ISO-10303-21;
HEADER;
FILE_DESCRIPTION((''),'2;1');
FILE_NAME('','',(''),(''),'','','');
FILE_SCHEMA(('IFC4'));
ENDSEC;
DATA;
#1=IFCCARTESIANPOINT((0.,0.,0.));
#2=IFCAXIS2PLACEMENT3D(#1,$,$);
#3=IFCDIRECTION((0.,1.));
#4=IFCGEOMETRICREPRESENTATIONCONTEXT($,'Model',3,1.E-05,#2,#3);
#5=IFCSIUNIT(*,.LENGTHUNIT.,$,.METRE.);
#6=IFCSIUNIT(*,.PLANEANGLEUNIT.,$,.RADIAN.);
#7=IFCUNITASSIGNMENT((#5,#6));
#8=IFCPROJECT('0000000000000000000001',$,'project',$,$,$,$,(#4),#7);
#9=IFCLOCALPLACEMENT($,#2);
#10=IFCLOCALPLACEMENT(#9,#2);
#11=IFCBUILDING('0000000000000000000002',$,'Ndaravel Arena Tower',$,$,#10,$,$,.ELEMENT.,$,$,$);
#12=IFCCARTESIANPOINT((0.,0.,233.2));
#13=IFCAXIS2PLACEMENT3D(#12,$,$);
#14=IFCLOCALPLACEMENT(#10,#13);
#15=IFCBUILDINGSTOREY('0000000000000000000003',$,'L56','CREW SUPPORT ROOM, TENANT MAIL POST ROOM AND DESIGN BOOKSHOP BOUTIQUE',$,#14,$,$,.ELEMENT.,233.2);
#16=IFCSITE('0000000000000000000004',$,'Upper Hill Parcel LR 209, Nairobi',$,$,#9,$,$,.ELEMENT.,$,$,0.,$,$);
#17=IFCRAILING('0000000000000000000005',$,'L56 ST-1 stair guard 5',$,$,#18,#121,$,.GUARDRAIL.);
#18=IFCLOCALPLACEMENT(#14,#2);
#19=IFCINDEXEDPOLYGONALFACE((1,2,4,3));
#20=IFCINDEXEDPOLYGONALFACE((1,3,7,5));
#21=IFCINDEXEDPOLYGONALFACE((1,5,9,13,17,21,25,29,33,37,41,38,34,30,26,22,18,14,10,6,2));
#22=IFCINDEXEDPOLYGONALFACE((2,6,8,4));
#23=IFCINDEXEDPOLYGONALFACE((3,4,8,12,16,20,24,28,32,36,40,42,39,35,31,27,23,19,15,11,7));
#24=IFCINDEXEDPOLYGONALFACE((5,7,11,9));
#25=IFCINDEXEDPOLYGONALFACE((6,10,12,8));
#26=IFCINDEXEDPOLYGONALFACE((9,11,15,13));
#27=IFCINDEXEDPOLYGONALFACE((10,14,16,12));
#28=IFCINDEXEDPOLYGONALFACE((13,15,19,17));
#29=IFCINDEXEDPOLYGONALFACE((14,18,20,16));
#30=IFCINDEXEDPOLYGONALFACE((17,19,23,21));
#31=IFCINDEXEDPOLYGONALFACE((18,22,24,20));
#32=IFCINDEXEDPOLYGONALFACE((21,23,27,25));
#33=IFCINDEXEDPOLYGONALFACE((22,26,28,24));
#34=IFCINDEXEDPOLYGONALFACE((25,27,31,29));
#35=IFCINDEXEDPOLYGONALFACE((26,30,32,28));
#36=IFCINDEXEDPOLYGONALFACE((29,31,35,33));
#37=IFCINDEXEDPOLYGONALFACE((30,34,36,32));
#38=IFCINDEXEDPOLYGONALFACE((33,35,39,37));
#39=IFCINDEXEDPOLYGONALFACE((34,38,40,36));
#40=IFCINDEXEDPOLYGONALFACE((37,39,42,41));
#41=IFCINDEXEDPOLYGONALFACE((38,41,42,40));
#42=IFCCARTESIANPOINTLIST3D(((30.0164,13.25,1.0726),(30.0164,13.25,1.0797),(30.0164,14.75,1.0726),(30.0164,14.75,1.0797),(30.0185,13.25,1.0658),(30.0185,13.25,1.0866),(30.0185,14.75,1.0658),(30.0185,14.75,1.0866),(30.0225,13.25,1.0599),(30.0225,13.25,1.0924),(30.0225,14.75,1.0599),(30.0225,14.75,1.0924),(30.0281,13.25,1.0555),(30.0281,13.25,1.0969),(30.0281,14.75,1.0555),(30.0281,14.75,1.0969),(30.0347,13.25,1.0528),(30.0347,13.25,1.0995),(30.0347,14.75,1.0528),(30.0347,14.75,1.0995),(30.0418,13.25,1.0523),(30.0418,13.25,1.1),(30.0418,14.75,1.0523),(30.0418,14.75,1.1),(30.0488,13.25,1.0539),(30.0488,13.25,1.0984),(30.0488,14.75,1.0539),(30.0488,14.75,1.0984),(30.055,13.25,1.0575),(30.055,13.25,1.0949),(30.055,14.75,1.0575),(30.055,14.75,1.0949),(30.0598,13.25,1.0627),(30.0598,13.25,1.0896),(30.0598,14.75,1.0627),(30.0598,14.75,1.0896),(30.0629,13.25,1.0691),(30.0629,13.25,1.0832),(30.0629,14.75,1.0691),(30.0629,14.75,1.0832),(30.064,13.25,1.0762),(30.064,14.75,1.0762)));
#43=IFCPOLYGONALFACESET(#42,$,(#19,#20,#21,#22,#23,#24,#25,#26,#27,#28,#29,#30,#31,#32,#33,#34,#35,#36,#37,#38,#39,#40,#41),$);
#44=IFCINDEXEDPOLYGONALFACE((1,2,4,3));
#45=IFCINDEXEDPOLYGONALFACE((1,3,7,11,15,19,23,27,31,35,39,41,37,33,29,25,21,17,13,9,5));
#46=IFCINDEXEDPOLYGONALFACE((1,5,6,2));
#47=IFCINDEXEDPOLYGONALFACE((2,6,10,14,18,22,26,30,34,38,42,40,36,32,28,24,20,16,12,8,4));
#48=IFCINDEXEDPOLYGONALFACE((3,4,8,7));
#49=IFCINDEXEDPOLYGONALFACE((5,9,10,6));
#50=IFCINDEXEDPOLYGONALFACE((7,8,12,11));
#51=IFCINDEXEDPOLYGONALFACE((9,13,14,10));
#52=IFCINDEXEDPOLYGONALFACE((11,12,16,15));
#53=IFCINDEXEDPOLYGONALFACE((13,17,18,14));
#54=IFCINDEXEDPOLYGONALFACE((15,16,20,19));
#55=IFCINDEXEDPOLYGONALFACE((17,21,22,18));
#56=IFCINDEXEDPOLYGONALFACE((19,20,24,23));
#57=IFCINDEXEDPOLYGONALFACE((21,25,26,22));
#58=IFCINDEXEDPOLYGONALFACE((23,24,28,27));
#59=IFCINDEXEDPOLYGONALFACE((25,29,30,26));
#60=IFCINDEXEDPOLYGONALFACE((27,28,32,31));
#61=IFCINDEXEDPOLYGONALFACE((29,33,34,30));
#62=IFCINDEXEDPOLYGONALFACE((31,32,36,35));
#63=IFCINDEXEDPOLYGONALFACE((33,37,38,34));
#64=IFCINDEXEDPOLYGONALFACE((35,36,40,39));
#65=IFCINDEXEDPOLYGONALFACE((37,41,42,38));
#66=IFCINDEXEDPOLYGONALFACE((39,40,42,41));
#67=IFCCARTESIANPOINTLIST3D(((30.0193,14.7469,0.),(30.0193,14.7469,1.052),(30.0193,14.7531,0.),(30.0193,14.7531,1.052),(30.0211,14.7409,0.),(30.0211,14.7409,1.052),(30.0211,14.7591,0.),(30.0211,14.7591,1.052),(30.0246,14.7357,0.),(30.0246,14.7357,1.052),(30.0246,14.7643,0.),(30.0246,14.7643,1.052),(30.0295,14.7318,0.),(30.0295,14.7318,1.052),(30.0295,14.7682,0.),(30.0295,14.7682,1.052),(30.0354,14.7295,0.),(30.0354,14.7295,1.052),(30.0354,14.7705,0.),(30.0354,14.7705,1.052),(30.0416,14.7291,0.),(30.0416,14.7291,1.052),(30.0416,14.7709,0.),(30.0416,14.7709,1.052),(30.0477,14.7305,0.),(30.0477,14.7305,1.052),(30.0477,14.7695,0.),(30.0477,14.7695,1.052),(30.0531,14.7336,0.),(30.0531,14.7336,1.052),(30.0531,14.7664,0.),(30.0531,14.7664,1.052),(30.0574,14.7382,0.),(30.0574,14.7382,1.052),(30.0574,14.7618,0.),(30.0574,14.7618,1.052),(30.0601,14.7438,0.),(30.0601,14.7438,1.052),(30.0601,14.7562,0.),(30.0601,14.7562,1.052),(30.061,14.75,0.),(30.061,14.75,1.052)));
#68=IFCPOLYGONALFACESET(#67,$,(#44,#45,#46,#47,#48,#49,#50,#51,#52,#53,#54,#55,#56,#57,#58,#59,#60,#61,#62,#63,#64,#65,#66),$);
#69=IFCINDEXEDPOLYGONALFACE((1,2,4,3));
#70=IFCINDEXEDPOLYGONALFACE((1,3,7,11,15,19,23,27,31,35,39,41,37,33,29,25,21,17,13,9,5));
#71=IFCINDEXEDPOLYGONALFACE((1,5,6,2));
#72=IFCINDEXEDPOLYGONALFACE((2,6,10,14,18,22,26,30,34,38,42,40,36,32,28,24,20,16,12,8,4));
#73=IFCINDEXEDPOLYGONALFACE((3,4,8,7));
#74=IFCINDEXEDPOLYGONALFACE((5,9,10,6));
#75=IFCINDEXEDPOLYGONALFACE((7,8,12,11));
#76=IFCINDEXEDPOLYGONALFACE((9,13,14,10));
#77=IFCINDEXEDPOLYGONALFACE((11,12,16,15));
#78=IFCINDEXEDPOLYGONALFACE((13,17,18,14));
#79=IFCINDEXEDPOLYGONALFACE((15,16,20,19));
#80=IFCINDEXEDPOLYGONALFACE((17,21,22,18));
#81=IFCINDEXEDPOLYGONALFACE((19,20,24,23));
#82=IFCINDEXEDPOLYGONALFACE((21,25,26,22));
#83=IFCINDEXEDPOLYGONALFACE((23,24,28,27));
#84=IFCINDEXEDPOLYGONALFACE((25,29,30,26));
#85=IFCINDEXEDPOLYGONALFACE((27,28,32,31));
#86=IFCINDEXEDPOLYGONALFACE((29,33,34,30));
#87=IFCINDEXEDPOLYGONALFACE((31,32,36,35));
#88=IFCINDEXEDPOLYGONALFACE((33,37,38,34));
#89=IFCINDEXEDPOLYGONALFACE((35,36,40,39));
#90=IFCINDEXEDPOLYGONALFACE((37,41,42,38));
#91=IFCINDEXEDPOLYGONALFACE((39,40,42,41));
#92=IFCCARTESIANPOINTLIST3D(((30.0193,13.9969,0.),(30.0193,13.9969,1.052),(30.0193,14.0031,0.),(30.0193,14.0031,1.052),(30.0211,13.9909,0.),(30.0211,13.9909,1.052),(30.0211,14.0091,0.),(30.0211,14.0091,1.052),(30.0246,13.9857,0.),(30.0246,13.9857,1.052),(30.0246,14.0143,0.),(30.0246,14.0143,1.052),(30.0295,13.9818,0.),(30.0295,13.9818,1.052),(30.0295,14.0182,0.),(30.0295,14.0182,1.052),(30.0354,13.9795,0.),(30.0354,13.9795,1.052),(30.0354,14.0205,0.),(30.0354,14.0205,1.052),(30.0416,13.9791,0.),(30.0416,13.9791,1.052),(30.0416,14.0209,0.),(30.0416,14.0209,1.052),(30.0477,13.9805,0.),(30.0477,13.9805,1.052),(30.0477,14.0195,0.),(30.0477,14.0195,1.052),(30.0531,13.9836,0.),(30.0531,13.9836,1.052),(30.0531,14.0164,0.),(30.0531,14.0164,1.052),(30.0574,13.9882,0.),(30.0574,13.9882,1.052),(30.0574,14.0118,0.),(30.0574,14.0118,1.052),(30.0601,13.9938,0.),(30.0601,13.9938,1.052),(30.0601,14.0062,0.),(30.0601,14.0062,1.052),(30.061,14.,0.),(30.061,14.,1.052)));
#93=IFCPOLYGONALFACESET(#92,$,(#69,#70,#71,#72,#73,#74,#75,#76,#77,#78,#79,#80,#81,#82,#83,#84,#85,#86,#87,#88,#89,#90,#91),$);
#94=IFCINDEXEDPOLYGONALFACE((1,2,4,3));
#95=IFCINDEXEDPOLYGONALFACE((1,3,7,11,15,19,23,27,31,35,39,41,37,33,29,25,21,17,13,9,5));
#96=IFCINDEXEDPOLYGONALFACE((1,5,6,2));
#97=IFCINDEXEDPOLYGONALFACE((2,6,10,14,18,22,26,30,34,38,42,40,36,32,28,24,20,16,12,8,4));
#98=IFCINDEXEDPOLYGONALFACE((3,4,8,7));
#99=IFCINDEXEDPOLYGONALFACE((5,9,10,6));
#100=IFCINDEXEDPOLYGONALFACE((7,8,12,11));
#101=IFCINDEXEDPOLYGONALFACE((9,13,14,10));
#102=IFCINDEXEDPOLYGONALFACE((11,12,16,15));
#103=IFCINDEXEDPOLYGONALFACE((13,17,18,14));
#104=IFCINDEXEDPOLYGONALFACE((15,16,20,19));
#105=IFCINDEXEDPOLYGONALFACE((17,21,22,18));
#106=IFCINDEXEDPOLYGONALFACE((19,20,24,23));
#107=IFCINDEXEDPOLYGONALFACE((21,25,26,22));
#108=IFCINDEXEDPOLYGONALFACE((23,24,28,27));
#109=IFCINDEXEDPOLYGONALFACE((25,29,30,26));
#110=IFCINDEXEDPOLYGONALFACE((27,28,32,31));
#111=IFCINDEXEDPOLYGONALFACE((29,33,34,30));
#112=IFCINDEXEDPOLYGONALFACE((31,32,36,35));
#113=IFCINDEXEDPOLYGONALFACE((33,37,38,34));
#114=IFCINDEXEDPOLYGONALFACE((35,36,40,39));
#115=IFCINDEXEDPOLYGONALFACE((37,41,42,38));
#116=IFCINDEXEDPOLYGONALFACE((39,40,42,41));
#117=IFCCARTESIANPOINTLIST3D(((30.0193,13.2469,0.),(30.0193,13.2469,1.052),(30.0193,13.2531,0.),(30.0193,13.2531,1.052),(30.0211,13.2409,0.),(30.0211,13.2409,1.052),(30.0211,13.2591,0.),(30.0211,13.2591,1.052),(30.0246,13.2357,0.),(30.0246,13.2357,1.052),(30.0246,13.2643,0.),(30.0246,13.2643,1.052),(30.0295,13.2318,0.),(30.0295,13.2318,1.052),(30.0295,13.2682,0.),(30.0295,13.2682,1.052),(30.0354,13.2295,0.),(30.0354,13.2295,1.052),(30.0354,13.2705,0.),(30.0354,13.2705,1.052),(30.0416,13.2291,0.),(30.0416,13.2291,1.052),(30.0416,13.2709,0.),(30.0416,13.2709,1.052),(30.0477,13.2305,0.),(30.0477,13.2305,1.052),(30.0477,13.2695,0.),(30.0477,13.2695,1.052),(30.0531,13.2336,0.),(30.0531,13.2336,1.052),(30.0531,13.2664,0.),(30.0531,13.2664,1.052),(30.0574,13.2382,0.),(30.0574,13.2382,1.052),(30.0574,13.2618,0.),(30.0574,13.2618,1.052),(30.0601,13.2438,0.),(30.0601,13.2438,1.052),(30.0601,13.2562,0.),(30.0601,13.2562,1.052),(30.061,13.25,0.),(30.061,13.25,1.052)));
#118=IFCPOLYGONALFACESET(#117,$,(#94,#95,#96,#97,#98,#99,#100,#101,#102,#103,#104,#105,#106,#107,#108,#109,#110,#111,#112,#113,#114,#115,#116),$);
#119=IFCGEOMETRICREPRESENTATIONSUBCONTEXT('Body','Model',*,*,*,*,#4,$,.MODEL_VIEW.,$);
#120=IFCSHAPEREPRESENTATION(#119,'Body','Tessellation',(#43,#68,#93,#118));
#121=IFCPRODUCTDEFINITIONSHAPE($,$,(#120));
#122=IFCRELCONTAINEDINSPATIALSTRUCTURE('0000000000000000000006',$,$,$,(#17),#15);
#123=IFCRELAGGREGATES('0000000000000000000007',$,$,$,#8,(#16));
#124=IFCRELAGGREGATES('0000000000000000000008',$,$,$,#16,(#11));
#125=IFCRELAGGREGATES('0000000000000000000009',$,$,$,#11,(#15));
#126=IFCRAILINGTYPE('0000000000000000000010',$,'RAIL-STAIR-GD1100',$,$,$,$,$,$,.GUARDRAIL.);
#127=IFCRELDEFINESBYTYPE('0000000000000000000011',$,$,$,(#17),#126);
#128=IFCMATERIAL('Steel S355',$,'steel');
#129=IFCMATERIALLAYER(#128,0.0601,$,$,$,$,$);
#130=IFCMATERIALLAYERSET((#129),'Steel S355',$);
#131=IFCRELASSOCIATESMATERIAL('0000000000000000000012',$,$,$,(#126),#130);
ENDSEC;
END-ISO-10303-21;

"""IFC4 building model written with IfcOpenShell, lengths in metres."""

from ifc_helpers import new_model, si_unit, direction, frame, origin, origin_2d, place, context, subcontext, project, spatial, circle, extrude, material, layer, layer_set, type_object, element, save


model = new_model("IFC4")

# Units and contexts
model_context = context("Model", 3, precision=1e-05, world=origin(), true_north=direction((0.0, 1.0)))
body_context = subcontext(model_context, "Body", "Model", "MODEL_VIEW")
ifc_project = project(units=[si_unit("LENGTHUNIT", "METRE"), si_unit("PLANEANGLEUNIT", "RADIAN")], contexts=[model_context])

# Site, building, storey
site_placement = place(None, origin())
site = spatial("IfcSite", under=ifc_project, at=site_placement, Name="Upper Hill Parcel LR 209, Nairobi", CompositionType="ELEMENT", RefElevation=0.0)
building_placement = place(site_placement, origin())
building = spatial("IfcBuilding", under=site, at=building_placement, Name="Ndaravel Arena Tower", CompositionType="ELEMENT")
storey_placement = place(building_placement, frame((0.0, 0.0, 233.2)))
storey = spatial("IfcBuildingStorey", under=building, at=storey_placement, Name="L56", Description="CREW SUPPORT ROOM, TENANT MAIL POST ROOM AND DESIGN BOOKSHOP BOUTIQUE", CompositionType="ELEMENT", Elevation=233.2)

# Railing
ifc_material_1 = material(Name="Steel S355", Category="steel")
ifc_layer_1 = layer(ifc_material_1, 0.0601)
ifc_layer_set_1 = layer_set([ifc_layer_1], Name="Steel S355")
railing_type = type_object("IfcRailingType", Name="RAIL-STAIR-GD1100", PredefinedType="GUARDRAIL", material=ifc_layer_set_1)
railing_1_placement = place(storey_placement, frame((30.04, 14.75, 0.0)))
element("IfcRailing", 1, at=railing_1_placement, inside=storey, type_object=railing_type, Name="L56 ST-1 stair guard 5", PredefinedType="GUARDRAIL", context=body_context, shape_type="SweptSolid", body=[
    extrude(circle(Radius=0.0239, at=origin_2d()), frame((0.0, 0.0, 1.0762), z_axis=(0.0, -1.0, 0.0), x_axis=(1.0, 0.0, 0.0)), (0.0, 0.0, 1.0), 1.5),
    extrude(circle(Radius=0.021, at=origin_2d()), origin(), (0.0, 0.0, 1.0), 1.052),
    extrude(circle(Radius=0.021, at=origin_2d()), frame((0.0, -0.75, 0.0)), (0.0, 0.0, 1.0), 1.052),
    extrude(circle(Radius=0.021, at=origin_2d()), frame((0.0, -1.5, 0.0)), (0.0, 0.0, 1.0), 1.052),
])

save(model, "model.ifc")
